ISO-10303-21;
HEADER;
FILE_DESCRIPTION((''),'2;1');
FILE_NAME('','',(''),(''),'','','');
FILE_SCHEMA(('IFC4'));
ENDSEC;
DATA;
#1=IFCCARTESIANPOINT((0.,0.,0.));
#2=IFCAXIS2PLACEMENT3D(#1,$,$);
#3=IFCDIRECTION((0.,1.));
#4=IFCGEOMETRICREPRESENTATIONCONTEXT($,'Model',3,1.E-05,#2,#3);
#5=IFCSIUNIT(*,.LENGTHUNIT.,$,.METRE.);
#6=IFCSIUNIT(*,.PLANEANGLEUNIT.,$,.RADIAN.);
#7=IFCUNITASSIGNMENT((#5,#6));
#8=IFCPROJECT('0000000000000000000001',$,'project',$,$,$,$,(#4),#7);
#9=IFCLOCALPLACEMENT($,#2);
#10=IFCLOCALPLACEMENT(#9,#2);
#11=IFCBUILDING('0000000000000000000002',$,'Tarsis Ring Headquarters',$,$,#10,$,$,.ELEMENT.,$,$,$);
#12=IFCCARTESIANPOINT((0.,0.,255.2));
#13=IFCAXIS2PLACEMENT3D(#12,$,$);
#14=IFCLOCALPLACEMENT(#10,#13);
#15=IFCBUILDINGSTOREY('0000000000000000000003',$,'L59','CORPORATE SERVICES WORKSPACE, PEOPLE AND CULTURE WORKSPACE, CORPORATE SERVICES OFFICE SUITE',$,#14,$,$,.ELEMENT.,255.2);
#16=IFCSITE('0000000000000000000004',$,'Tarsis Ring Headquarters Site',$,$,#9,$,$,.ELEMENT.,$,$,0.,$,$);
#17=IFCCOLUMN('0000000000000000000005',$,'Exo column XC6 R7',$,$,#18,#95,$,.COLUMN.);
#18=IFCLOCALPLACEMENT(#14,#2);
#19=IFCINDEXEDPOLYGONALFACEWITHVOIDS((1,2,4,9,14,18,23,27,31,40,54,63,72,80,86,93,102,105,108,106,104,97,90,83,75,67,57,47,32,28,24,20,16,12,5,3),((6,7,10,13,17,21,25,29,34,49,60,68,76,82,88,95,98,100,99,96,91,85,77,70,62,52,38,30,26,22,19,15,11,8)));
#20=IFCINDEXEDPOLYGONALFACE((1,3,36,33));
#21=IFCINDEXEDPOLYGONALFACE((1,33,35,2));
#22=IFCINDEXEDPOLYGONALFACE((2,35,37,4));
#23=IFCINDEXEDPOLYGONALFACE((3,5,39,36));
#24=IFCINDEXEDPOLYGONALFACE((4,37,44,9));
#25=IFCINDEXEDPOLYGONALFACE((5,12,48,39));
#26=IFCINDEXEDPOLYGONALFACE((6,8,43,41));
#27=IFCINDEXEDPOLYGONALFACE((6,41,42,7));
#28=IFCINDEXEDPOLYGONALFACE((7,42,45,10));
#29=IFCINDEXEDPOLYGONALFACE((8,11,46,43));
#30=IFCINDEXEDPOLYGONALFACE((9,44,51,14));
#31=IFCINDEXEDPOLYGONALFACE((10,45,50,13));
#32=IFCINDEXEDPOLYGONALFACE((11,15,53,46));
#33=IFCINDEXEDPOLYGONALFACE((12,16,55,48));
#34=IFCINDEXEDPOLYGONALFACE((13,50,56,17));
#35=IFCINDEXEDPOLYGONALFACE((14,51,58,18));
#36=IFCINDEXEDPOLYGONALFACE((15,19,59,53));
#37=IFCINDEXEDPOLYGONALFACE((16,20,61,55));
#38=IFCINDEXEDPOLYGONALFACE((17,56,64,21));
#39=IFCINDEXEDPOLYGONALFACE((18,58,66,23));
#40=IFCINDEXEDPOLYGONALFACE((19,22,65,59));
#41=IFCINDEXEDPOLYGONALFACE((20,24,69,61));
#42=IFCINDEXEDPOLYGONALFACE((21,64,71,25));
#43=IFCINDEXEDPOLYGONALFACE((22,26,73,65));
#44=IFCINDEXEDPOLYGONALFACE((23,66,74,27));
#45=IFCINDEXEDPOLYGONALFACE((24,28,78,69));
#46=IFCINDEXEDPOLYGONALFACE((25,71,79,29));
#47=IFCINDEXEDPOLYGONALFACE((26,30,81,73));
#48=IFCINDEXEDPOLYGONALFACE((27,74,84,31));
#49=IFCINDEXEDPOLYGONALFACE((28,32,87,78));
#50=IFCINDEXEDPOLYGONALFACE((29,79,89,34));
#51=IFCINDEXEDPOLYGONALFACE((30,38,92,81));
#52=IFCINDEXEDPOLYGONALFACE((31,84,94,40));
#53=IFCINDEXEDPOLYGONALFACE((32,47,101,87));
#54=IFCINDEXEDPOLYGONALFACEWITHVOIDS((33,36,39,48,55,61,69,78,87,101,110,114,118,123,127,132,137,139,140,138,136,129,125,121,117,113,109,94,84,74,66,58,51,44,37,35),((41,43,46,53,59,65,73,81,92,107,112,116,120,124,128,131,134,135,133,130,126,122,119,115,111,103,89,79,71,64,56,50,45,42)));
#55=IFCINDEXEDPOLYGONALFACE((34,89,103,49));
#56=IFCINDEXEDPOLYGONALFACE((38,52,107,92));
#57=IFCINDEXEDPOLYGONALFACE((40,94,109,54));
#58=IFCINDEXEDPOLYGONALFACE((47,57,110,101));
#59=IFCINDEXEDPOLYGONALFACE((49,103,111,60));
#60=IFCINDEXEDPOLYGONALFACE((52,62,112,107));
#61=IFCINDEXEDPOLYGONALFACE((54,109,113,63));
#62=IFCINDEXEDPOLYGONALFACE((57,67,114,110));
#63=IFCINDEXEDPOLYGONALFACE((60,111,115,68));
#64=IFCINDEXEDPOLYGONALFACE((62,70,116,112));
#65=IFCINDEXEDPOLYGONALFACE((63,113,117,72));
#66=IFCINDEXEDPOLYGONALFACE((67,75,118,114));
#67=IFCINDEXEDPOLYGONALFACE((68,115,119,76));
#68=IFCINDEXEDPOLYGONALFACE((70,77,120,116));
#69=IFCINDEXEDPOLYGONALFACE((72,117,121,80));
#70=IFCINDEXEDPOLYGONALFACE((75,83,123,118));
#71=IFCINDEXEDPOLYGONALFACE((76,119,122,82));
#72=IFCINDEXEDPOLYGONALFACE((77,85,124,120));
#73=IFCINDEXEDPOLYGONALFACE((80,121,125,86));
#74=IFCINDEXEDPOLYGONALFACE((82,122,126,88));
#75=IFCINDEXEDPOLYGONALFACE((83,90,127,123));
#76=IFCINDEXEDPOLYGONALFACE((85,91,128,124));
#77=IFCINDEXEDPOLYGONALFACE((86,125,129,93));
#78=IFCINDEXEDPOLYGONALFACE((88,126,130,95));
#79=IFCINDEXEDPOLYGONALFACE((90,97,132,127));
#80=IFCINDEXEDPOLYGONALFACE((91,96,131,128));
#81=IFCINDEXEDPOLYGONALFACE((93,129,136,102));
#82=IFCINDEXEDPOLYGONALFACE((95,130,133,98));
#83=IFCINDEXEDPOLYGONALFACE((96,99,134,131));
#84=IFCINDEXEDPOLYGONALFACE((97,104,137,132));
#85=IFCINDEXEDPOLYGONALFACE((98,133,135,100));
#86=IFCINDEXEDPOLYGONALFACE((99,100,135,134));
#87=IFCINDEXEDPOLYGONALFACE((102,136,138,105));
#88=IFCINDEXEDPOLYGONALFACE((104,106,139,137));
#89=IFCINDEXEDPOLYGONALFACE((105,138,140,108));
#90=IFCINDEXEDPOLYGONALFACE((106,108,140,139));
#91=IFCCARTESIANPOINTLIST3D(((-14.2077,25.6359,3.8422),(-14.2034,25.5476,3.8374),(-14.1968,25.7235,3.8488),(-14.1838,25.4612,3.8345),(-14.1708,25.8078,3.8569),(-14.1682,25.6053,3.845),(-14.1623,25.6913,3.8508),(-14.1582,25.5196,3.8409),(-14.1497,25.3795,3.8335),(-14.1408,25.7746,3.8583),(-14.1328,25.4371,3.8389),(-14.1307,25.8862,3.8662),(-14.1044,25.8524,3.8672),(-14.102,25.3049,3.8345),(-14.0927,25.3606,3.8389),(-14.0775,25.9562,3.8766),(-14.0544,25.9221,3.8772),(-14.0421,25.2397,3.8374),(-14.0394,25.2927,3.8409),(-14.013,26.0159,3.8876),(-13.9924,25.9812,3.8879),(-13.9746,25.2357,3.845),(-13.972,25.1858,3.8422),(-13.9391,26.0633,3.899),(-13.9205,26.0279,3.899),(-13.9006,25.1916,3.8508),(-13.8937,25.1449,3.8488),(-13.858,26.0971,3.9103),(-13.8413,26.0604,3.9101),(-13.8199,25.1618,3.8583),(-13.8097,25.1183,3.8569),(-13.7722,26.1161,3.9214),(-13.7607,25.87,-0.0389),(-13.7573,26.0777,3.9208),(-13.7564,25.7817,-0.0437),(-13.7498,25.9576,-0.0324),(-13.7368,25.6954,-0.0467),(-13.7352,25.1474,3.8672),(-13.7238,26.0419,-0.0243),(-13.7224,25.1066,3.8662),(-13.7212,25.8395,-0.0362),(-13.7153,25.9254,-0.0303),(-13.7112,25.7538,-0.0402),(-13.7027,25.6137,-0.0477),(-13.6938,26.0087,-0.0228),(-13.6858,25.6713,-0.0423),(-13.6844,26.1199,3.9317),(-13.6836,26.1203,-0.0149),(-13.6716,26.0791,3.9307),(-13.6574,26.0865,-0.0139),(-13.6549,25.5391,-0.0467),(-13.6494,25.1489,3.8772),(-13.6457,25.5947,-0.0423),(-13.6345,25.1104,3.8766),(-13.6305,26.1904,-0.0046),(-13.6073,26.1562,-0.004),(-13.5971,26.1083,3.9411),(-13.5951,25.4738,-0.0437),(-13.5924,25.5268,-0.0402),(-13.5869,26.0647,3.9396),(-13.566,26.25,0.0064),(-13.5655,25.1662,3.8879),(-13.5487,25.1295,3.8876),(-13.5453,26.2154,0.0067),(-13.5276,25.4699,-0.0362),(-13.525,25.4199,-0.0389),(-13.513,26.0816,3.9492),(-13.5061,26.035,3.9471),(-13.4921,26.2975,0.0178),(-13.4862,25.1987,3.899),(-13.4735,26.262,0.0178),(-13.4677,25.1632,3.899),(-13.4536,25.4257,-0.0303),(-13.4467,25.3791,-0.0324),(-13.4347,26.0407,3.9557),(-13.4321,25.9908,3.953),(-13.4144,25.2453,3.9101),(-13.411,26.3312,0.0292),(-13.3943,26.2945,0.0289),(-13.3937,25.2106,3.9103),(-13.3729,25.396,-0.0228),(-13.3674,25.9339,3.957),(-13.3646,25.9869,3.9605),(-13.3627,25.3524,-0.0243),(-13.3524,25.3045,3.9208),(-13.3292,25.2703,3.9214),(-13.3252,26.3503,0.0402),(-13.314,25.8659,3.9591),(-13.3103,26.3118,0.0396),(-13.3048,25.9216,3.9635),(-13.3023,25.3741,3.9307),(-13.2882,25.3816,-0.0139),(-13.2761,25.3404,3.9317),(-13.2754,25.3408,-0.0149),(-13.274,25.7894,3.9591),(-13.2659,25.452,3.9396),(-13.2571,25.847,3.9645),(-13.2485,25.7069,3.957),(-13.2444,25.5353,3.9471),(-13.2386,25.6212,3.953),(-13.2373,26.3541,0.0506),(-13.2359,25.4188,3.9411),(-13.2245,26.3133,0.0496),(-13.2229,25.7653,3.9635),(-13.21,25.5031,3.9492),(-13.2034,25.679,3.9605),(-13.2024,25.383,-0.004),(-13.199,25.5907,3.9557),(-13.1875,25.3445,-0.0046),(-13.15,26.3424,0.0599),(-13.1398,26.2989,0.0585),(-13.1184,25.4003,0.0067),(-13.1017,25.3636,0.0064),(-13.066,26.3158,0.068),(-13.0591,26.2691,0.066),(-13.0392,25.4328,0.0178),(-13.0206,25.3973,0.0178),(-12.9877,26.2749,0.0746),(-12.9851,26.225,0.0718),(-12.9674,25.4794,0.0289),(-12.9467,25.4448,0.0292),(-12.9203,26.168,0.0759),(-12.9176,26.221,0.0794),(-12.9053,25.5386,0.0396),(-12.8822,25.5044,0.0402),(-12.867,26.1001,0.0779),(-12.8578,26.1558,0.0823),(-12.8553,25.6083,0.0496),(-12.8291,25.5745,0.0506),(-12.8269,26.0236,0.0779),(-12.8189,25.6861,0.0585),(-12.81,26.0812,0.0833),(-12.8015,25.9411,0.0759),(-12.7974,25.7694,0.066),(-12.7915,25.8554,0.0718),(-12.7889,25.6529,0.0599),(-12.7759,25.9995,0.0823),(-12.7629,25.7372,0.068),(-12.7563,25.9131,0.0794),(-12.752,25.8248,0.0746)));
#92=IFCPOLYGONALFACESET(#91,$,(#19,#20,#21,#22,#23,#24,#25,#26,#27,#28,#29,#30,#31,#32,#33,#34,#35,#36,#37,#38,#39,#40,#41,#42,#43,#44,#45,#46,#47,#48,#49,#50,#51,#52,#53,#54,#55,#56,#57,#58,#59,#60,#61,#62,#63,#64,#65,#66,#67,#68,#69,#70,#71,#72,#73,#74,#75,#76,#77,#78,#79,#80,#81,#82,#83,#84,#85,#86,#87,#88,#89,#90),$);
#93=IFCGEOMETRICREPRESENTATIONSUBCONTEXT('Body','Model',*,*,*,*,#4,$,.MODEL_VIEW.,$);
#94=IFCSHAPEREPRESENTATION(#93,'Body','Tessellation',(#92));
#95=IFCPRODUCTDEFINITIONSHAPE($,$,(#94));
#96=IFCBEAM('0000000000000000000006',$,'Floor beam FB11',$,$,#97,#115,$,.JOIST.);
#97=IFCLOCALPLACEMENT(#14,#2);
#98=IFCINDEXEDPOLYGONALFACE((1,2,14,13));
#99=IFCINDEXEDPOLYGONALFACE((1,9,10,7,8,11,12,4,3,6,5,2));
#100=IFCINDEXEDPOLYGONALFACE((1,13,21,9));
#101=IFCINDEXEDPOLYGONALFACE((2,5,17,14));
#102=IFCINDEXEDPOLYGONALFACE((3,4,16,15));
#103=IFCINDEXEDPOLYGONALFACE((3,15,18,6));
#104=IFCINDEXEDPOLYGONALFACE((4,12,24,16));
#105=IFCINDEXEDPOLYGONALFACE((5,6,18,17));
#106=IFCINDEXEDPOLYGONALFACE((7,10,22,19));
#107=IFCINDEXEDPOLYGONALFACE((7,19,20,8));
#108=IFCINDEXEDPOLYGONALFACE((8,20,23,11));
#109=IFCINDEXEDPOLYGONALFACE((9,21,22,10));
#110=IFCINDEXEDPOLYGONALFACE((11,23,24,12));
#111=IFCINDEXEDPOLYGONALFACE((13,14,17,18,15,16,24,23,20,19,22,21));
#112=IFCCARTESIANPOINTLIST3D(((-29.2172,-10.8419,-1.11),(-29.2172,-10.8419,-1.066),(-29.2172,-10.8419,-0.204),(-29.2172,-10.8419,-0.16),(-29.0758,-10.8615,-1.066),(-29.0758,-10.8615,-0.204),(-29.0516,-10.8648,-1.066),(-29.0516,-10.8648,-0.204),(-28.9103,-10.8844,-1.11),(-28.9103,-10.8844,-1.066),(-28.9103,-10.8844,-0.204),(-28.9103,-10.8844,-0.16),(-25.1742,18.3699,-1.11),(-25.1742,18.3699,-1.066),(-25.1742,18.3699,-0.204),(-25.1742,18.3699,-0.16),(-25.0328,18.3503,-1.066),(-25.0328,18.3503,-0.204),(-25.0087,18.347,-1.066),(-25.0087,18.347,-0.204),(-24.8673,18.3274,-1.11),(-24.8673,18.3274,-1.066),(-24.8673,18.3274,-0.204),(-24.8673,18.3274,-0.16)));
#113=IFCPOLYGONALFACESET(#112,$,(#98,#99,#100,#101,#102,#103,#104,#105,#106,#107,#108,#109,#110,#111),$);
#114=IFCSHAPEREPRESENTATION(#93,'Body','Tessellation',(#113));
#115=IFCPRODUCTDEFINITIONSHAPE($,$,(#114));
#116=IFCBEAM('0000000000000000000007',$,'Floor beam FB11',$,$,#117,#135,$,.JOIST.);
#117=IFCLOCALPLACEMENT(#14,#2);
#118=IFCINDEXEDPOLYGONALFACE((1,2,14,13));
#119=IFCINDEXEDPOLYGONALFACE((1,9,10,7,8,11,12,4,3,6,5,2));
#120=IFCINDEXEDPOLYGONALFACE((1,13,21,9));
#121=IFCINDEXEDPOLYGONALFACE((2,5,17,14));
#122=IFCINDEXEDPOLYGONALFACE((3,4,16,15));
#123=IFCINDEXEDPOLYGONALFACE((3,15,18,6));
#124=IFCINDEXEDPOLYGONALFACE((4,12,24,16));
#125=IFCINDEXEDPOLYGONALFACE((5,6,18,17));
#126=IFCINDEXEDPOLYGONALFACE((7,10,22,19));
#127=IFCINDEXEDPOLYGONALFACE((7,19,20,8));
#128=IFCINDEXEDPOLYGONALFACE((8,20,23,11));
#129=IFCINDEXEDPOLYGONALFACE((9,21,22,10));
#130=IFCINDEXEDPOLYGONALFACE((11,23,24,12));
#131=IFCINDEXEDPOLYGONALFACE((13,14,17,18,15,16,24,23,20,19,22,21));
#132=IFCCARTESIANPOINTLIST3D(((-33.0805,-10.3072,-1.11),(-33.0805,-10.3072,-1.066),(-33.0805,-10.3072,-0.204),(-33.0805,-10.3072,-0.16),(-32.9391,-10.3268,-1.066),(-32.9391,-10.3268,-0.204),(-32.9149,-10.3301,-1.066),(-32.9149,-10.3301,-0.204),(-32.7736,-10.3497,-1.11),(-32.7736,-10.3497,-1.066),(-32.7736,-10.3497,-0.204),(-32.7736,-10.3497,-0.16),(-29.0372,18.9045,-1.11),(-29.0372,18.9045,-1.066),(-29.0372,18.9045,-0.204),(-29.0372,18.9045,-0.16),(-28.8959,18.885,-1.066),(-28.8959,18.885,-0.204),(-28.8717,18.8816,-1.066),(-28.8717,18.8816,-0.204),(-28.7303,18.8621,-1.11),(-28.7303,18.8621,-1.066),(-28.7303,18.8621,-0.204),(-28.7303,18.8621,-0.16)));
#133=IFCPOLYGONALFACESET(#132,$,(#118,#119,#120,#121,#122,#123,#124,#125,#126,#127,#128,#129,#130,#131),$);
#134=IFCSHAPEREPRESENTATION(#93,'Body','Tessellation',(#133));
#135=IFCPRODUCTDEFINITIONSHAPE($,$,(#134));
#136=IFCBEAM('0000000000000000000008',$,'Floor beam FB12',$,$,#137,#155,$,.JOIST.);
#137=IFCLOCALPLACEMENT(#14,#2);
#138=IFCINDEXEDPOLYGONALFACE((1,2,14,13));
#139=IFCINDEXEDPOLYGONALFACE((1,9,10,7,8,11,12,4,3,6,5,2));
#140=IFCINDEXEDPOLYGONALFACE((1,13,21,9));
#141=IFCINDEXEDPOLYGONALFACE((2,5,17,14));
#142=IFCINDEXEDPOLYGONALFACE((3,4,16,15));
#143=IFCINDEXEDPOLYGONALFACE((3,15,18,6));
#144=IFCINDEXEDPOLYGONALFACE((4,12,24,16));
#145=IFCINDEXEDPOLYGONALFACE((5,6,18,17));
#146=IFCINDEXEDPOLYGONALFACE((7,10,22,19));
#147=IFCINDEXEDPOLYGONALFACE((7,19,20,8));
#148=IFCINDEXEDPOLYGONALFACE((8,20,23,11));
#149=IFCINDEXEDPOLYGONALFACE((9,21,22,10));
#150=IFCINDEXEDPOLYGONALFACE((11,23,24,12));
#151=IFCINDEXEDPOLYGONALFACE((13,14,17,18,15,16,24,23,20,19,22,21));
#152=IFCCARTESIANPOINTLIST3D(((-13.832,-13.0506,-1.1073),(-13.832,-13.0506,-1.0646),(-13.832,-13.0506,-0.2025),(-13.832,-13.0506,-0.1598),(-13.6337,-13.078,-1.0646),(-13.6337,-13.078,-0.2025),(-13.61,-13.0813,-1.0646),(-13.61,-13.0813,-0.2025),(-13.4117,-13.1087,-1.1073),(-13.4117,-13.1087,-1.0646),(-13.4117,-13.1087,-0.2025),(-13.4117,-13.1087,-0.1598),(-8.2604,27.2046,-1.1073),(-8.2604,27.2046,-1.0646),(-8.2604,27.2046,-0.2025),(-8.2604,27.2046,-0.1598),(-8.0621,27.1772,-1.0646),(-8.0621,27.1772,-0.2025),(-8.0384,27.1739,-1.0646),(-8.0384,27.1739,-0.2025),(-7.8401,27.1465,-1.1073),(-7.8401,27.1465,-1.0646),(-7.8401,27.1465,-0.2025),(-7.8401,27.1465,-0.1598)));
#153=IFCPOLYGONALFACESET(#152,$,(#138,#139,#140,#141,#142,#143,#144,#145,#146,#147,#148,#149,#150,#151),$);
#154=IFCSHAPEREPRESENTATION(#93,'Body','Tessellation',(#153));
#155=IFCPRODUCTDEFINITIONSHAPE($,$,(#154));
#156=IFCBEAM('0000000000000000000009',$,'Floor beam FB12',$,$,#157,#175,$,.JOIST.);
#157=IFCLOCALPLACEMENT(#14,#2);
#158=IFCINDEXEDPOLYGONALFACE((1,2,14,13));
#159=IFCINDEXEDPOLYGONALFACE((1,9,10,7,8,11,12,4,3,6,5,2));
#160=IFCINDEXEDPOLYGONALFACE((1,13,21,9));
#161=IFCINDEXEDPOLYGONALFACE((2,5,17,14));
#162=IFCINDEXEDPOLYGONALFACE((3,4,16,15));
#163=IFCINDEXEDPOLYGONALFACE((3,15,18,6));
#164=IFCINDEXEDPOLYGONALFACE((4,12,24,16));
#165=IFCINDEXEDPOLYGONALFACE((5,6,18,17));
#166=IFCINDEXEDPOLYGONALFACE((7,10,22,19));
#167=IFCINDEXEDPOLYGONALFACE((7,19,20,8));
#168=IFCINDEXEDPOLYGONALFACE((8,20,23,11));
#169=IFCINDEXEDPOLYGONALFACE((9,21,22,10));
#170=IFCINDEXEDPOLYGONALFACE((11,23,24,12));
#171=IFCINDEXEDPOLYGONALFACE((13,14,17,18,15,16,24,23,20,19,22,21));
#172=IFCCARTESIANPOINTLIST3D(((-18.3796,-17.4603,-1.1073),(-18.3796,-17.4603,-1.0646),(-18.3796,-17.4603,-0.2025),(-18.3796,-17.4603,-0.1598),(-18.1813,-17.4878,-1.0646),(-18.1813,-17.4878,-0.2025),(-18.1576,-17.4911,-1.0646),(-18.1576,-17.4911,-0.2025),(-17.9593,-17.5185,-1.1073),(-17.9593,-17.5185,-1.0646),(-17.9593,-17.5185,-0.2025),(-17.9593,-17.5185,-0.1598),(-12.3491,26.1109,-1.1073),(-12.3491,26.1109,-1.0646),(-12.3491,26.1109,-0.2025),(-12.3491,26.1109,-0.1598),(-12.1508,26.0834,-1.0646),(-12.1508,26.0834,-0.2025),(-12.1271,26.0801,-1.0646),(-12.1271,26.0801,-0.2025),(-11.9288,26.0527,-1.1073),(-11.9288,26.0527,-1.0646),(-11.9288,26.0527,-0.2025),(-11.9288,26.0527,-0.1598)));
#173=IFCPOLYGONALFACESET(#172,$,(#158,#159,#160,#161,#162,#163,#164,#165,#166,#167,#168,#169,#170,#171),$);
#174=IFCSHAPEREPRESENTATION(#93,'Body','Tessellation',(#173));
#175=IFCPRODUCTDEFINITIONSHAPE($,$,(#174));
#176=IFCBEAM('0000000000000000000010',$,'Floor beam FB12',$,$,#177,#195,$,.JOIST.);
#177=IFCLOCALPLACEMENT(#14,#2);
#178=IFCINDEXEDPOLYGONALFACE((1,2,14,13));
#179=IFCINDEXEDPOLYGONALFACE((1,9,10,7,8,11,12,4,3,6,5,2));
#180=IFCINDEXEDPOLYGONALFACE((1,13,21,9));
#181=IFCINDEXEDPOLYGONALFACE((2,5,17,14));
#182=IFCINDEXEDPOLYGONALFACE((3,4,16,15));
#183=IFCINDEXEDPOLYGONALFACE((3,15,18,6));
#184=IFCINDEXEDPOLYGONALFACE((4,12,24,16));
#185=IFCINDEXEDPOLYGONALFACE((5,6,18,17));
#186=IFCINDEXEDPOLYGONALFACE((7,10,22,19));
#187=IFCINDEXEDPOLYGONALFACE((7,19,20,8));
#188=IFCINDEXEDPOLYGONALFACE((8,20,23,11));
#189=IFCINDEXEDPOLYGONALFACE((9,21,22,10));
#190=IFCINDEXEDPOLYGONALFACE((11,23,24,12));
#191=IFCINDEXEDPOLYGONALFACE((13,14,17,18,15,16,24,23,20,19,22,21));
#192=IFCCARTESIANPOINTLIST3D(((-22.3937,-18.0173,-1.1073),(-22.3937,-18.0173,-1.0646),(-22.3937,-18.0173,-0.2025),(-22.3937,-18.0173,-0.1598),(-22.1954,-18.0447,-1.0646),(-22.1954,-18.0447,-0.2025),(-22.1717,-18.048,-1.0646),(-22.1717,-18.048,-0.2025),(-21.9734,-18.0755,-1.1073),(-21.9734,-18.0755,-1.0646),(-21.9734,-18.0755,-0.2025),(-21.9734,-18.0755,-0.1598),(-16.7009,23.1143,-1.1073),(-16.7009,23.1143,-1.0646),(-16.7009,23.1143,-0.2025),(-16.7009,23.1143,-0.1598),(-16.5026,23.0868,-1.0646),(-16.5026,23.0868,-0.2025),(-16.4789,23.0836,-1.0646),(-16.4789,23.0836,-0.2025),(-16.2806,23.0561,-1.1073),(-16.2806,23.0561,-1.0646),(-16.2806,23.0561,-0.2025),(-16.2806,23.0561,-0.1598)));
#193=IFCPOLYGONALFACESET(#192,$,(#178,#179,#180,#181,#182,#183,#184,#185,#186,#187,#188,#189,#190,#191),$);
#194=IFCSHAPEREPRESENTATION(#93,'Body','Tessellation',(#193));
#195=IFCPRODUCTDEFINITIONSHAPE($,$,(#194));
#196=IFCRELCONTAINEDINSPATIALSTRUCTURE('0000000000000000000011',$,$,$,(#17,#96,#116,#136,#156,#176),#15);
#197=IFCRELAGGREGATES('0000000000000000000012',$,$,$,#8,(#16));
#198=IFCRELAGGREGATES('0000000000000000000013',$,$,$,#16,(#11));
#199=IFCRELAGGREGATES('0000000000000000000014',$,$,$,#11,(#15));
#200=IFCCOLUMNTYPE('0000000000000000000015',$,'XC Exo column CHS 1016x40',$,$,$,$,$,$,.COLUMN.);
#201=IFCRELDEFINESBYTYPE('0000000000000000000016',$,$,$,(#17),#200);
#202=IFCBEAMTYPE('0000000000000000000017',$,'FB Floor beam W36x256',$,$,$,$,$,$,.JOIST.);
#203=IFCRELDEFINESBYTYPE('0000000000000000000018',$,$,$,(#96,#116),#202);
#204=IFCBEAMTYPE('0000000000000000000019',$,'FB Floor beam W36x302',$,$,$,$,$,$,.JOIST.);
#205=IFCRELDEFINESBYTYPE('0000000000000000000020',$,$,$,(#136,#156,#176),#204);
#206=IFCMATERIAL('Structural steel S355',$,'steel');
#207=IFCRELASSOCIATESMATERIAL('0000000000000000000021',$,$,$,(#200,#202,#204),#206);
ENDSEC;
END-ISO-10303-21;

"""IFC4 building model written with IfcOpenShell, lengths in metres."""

from ifc_helpers import new_model, si_unit, direction, frame, origin, origin_2d, place, context, subcontext, project, spatial, hollow_circle, i_section, extrude, material, material_profile, profile_set, type_object, element, save


model = new_model("IFC4")

# Units and contexts
model_context = context("Model", 3, precision=1e-05, world=origin(), true_north=direction((0.0, 1.0)))
body_context = subcontext(model_context, "Body", "Model", "MODEL_VIEW")
ifc_project = project(units=[si_unit("LENGTHUNIT", "METRE"), si_unit("PLANEANGLEUNIT", "RADIAN")], contexts=[model_context])

# Site, building, storey
site_placement = place(None, origin())
site = spatial("IfcSite", under=ifc_project, at=site_placement, Name="Tarsis Ring Headquarters Site", CompositionType="ELEMENT", RefElevation=0.0)
building_placement = place(site_placement, origin())
building = spatial("IfcBuilding", under=site, at=building_placement, Name="Tarsis Ring Headquarters", CompositionType="ELEMENT")
storey_placement = place(building_placement, frame((0.0, 0.0, 255.2)))
storey = spatial("IfcBuildingStorey", under=building, at=storey_placement, Name="L59", Description="CORPORATE SERVICES WORKSPACE, PEOPLE AND CULTURE WORKSPACE, CORPORATE SERVICES OFFICE SUITE", CompositionType="ELEMENT", Elevation=255.2)

# Column
ifc_material_1 = material(Name="Structural steel S355", Category="steel")
ifc_material_profile_1 = material_profile(ifc_material_1, hollow_circle(Radius=0.5081, WallThickness=0.04, at=origin_2d()), Name="CHS 1016x40")
ifc_profile_set_1 = profile_set([ifc_material_profile_1], Name="Structural steel S355")
column_type = type_object("IfcColumnType", Name="XC Exo column CHS 1016x40", PredefinedType="COLUMN", material=ifc_profile_set_1)
column_placement = place(storey_placement, frame((-13.2563, 25.8474, 0.0178), z_axis=(-0.114218, -0.059822, 0.991653), x_axis=(0.463971, -0.88585, 0.0)))
element("IfcColumn", 1, at=column_placement, inside=storey, type_object=column_type, Name="Exo column XC6 R7", PredefinedType="COLUMN", context=body_context, shape_type="SweptSolid", body=[
    extrude(hollow_circle(Radius=0.5081, WallThickness=0.04, at=origin_2d()), origin(), (0.0, 0.0, 1.0), 3.9138),
])

# Beams
ifc_material_profile_2 = material_profile(ifc_material_1, i_section(OverallWidth=0.3098, OverallDepth=0.95, WebThickness=0.0244, FlangeThickness=0.0439, at=origin_2d()), Name="W36x256")
ifc_profile_set_2 = profile_set([ifc_material_profile_2], Name="Structural steel S355")
beam_type_1 = type_object("IfcBeamType", Name="FB Floor beam W36x256", PredefinedType="JOIST", material=ifc_profile_set_2)
for number, where, z_axis, x_axis, name in (
    (2, (-25.0208, 18.3486, -0.635), (-0.137096, -0.990558, 0.0), (0.990558, -0.137096, 0.0), "Floor beam FB11"),
    (3, (-28.8838, 18.8833, -0.635), (-0.137104, -0.990557, 0.0), (0.990557, -0.137104, 0.0), "Floor beam FB11"),
):
    element("IfcBeam", number, at=place(storey_placement, frame(where, z_axis=z_axis, x_axis=x_axis)), inside=storey, type_object=beam_type_1, Name=name, PredefinedType="JOIST", context=body_context, shape_type="SweptSolid", body=[
        extrude(i_section(OverallWidth=0.3098, OverallDepth=0.95, WebThickness=0.0244, FlangeThickness=0.0439, at=origin_2d()), origin(), (0.0, 0.0, 1.0), 29.4902),
    ])
ifc_material_profile_3 = material_profile(ifc_material_1, i_section(OverallWidth=0.4243, OverallDepth=0.9475, WebThickness=0.0239, FlangeThickness=0.0427, at=origin_2d()), Name="W36x302")
ifc_profile_set_3 = profile_set([ifc_material_profile_3], Name="Structural steel S355")
beam_type_2 = type_object("IfcBeamType", Name="FB Floor beam W36x302", PredefinedType="JOIST", material=ifc_profile_set_3)
beam_1_placement = place(storey_placement, frame((-8.0503, 27.1755, -0.6335), z_axis=(-0.137099, -0.990557, 0.0), x_axis=(0.990557, -0.137099, 0.0)))
element("IfcBeam", 4, at=beam_1_placement, inside=storey, type_object=beam_type_2, Name="Floor beam FB12", PredefinedType="JOIST", context=body_context, shape_type="SweptSolid", body=[
    extrude(i_section(OverallWidth=0.4243, OverallDepth=0.9475, WebThickness=0.0239, FlangeThickness=0.0427, at=origin_2d()), origin(), (0.0, 0.0, 1.0), 40.6389),
])
beam_2_placement = place(storey_placement, frame((-12.1389, 26.0818, -0.6335), z_axis=(-0.137099, -0.990557, 0.0), x_axis=(0.990557, -0.137099, 0.0)))
element("IfcBeam", 5, at=beam_2_placement, inside=storey, type_object=beam_type_2, Name="Floor beam FB12", PredefinedType="JOIST", context=body_context, shape_type="SweptSolid", body=[
    extrude(i_section(OverallWidth=0.4243, OverallDepth=0.9475, WebThickness=0.0239, FlangeThickness=0.0427, at=origin_2d()), origin(), (0.0, 0.0, 1.0), 43.9866),
])
beam_3_placement = place(storey_placement, frame((-16.4907, 23.0852, -0.6335), z_axis=(-0.137099, -0.990557, 0.0), x_axis=(0.990557, -0.137099, 0.0)))
element("IfcBeam", 6, at=beam_3_placement, inside=storey, type_object=beam_type_2, Name="Floor beam FB12", PredefinedType="JOIST", context=body_context, shape_type="SweptSolid", body=[
    extrude(i_section(OverallWidth=0.4243, OverallDepth=0.9475, WebThickness=0.0239, FlangeThickness=0.0427, at=origin_2d()), origin(), (0.0, 0.0, 1.0), 41.5237),
])

save(model, "model.ifc")
